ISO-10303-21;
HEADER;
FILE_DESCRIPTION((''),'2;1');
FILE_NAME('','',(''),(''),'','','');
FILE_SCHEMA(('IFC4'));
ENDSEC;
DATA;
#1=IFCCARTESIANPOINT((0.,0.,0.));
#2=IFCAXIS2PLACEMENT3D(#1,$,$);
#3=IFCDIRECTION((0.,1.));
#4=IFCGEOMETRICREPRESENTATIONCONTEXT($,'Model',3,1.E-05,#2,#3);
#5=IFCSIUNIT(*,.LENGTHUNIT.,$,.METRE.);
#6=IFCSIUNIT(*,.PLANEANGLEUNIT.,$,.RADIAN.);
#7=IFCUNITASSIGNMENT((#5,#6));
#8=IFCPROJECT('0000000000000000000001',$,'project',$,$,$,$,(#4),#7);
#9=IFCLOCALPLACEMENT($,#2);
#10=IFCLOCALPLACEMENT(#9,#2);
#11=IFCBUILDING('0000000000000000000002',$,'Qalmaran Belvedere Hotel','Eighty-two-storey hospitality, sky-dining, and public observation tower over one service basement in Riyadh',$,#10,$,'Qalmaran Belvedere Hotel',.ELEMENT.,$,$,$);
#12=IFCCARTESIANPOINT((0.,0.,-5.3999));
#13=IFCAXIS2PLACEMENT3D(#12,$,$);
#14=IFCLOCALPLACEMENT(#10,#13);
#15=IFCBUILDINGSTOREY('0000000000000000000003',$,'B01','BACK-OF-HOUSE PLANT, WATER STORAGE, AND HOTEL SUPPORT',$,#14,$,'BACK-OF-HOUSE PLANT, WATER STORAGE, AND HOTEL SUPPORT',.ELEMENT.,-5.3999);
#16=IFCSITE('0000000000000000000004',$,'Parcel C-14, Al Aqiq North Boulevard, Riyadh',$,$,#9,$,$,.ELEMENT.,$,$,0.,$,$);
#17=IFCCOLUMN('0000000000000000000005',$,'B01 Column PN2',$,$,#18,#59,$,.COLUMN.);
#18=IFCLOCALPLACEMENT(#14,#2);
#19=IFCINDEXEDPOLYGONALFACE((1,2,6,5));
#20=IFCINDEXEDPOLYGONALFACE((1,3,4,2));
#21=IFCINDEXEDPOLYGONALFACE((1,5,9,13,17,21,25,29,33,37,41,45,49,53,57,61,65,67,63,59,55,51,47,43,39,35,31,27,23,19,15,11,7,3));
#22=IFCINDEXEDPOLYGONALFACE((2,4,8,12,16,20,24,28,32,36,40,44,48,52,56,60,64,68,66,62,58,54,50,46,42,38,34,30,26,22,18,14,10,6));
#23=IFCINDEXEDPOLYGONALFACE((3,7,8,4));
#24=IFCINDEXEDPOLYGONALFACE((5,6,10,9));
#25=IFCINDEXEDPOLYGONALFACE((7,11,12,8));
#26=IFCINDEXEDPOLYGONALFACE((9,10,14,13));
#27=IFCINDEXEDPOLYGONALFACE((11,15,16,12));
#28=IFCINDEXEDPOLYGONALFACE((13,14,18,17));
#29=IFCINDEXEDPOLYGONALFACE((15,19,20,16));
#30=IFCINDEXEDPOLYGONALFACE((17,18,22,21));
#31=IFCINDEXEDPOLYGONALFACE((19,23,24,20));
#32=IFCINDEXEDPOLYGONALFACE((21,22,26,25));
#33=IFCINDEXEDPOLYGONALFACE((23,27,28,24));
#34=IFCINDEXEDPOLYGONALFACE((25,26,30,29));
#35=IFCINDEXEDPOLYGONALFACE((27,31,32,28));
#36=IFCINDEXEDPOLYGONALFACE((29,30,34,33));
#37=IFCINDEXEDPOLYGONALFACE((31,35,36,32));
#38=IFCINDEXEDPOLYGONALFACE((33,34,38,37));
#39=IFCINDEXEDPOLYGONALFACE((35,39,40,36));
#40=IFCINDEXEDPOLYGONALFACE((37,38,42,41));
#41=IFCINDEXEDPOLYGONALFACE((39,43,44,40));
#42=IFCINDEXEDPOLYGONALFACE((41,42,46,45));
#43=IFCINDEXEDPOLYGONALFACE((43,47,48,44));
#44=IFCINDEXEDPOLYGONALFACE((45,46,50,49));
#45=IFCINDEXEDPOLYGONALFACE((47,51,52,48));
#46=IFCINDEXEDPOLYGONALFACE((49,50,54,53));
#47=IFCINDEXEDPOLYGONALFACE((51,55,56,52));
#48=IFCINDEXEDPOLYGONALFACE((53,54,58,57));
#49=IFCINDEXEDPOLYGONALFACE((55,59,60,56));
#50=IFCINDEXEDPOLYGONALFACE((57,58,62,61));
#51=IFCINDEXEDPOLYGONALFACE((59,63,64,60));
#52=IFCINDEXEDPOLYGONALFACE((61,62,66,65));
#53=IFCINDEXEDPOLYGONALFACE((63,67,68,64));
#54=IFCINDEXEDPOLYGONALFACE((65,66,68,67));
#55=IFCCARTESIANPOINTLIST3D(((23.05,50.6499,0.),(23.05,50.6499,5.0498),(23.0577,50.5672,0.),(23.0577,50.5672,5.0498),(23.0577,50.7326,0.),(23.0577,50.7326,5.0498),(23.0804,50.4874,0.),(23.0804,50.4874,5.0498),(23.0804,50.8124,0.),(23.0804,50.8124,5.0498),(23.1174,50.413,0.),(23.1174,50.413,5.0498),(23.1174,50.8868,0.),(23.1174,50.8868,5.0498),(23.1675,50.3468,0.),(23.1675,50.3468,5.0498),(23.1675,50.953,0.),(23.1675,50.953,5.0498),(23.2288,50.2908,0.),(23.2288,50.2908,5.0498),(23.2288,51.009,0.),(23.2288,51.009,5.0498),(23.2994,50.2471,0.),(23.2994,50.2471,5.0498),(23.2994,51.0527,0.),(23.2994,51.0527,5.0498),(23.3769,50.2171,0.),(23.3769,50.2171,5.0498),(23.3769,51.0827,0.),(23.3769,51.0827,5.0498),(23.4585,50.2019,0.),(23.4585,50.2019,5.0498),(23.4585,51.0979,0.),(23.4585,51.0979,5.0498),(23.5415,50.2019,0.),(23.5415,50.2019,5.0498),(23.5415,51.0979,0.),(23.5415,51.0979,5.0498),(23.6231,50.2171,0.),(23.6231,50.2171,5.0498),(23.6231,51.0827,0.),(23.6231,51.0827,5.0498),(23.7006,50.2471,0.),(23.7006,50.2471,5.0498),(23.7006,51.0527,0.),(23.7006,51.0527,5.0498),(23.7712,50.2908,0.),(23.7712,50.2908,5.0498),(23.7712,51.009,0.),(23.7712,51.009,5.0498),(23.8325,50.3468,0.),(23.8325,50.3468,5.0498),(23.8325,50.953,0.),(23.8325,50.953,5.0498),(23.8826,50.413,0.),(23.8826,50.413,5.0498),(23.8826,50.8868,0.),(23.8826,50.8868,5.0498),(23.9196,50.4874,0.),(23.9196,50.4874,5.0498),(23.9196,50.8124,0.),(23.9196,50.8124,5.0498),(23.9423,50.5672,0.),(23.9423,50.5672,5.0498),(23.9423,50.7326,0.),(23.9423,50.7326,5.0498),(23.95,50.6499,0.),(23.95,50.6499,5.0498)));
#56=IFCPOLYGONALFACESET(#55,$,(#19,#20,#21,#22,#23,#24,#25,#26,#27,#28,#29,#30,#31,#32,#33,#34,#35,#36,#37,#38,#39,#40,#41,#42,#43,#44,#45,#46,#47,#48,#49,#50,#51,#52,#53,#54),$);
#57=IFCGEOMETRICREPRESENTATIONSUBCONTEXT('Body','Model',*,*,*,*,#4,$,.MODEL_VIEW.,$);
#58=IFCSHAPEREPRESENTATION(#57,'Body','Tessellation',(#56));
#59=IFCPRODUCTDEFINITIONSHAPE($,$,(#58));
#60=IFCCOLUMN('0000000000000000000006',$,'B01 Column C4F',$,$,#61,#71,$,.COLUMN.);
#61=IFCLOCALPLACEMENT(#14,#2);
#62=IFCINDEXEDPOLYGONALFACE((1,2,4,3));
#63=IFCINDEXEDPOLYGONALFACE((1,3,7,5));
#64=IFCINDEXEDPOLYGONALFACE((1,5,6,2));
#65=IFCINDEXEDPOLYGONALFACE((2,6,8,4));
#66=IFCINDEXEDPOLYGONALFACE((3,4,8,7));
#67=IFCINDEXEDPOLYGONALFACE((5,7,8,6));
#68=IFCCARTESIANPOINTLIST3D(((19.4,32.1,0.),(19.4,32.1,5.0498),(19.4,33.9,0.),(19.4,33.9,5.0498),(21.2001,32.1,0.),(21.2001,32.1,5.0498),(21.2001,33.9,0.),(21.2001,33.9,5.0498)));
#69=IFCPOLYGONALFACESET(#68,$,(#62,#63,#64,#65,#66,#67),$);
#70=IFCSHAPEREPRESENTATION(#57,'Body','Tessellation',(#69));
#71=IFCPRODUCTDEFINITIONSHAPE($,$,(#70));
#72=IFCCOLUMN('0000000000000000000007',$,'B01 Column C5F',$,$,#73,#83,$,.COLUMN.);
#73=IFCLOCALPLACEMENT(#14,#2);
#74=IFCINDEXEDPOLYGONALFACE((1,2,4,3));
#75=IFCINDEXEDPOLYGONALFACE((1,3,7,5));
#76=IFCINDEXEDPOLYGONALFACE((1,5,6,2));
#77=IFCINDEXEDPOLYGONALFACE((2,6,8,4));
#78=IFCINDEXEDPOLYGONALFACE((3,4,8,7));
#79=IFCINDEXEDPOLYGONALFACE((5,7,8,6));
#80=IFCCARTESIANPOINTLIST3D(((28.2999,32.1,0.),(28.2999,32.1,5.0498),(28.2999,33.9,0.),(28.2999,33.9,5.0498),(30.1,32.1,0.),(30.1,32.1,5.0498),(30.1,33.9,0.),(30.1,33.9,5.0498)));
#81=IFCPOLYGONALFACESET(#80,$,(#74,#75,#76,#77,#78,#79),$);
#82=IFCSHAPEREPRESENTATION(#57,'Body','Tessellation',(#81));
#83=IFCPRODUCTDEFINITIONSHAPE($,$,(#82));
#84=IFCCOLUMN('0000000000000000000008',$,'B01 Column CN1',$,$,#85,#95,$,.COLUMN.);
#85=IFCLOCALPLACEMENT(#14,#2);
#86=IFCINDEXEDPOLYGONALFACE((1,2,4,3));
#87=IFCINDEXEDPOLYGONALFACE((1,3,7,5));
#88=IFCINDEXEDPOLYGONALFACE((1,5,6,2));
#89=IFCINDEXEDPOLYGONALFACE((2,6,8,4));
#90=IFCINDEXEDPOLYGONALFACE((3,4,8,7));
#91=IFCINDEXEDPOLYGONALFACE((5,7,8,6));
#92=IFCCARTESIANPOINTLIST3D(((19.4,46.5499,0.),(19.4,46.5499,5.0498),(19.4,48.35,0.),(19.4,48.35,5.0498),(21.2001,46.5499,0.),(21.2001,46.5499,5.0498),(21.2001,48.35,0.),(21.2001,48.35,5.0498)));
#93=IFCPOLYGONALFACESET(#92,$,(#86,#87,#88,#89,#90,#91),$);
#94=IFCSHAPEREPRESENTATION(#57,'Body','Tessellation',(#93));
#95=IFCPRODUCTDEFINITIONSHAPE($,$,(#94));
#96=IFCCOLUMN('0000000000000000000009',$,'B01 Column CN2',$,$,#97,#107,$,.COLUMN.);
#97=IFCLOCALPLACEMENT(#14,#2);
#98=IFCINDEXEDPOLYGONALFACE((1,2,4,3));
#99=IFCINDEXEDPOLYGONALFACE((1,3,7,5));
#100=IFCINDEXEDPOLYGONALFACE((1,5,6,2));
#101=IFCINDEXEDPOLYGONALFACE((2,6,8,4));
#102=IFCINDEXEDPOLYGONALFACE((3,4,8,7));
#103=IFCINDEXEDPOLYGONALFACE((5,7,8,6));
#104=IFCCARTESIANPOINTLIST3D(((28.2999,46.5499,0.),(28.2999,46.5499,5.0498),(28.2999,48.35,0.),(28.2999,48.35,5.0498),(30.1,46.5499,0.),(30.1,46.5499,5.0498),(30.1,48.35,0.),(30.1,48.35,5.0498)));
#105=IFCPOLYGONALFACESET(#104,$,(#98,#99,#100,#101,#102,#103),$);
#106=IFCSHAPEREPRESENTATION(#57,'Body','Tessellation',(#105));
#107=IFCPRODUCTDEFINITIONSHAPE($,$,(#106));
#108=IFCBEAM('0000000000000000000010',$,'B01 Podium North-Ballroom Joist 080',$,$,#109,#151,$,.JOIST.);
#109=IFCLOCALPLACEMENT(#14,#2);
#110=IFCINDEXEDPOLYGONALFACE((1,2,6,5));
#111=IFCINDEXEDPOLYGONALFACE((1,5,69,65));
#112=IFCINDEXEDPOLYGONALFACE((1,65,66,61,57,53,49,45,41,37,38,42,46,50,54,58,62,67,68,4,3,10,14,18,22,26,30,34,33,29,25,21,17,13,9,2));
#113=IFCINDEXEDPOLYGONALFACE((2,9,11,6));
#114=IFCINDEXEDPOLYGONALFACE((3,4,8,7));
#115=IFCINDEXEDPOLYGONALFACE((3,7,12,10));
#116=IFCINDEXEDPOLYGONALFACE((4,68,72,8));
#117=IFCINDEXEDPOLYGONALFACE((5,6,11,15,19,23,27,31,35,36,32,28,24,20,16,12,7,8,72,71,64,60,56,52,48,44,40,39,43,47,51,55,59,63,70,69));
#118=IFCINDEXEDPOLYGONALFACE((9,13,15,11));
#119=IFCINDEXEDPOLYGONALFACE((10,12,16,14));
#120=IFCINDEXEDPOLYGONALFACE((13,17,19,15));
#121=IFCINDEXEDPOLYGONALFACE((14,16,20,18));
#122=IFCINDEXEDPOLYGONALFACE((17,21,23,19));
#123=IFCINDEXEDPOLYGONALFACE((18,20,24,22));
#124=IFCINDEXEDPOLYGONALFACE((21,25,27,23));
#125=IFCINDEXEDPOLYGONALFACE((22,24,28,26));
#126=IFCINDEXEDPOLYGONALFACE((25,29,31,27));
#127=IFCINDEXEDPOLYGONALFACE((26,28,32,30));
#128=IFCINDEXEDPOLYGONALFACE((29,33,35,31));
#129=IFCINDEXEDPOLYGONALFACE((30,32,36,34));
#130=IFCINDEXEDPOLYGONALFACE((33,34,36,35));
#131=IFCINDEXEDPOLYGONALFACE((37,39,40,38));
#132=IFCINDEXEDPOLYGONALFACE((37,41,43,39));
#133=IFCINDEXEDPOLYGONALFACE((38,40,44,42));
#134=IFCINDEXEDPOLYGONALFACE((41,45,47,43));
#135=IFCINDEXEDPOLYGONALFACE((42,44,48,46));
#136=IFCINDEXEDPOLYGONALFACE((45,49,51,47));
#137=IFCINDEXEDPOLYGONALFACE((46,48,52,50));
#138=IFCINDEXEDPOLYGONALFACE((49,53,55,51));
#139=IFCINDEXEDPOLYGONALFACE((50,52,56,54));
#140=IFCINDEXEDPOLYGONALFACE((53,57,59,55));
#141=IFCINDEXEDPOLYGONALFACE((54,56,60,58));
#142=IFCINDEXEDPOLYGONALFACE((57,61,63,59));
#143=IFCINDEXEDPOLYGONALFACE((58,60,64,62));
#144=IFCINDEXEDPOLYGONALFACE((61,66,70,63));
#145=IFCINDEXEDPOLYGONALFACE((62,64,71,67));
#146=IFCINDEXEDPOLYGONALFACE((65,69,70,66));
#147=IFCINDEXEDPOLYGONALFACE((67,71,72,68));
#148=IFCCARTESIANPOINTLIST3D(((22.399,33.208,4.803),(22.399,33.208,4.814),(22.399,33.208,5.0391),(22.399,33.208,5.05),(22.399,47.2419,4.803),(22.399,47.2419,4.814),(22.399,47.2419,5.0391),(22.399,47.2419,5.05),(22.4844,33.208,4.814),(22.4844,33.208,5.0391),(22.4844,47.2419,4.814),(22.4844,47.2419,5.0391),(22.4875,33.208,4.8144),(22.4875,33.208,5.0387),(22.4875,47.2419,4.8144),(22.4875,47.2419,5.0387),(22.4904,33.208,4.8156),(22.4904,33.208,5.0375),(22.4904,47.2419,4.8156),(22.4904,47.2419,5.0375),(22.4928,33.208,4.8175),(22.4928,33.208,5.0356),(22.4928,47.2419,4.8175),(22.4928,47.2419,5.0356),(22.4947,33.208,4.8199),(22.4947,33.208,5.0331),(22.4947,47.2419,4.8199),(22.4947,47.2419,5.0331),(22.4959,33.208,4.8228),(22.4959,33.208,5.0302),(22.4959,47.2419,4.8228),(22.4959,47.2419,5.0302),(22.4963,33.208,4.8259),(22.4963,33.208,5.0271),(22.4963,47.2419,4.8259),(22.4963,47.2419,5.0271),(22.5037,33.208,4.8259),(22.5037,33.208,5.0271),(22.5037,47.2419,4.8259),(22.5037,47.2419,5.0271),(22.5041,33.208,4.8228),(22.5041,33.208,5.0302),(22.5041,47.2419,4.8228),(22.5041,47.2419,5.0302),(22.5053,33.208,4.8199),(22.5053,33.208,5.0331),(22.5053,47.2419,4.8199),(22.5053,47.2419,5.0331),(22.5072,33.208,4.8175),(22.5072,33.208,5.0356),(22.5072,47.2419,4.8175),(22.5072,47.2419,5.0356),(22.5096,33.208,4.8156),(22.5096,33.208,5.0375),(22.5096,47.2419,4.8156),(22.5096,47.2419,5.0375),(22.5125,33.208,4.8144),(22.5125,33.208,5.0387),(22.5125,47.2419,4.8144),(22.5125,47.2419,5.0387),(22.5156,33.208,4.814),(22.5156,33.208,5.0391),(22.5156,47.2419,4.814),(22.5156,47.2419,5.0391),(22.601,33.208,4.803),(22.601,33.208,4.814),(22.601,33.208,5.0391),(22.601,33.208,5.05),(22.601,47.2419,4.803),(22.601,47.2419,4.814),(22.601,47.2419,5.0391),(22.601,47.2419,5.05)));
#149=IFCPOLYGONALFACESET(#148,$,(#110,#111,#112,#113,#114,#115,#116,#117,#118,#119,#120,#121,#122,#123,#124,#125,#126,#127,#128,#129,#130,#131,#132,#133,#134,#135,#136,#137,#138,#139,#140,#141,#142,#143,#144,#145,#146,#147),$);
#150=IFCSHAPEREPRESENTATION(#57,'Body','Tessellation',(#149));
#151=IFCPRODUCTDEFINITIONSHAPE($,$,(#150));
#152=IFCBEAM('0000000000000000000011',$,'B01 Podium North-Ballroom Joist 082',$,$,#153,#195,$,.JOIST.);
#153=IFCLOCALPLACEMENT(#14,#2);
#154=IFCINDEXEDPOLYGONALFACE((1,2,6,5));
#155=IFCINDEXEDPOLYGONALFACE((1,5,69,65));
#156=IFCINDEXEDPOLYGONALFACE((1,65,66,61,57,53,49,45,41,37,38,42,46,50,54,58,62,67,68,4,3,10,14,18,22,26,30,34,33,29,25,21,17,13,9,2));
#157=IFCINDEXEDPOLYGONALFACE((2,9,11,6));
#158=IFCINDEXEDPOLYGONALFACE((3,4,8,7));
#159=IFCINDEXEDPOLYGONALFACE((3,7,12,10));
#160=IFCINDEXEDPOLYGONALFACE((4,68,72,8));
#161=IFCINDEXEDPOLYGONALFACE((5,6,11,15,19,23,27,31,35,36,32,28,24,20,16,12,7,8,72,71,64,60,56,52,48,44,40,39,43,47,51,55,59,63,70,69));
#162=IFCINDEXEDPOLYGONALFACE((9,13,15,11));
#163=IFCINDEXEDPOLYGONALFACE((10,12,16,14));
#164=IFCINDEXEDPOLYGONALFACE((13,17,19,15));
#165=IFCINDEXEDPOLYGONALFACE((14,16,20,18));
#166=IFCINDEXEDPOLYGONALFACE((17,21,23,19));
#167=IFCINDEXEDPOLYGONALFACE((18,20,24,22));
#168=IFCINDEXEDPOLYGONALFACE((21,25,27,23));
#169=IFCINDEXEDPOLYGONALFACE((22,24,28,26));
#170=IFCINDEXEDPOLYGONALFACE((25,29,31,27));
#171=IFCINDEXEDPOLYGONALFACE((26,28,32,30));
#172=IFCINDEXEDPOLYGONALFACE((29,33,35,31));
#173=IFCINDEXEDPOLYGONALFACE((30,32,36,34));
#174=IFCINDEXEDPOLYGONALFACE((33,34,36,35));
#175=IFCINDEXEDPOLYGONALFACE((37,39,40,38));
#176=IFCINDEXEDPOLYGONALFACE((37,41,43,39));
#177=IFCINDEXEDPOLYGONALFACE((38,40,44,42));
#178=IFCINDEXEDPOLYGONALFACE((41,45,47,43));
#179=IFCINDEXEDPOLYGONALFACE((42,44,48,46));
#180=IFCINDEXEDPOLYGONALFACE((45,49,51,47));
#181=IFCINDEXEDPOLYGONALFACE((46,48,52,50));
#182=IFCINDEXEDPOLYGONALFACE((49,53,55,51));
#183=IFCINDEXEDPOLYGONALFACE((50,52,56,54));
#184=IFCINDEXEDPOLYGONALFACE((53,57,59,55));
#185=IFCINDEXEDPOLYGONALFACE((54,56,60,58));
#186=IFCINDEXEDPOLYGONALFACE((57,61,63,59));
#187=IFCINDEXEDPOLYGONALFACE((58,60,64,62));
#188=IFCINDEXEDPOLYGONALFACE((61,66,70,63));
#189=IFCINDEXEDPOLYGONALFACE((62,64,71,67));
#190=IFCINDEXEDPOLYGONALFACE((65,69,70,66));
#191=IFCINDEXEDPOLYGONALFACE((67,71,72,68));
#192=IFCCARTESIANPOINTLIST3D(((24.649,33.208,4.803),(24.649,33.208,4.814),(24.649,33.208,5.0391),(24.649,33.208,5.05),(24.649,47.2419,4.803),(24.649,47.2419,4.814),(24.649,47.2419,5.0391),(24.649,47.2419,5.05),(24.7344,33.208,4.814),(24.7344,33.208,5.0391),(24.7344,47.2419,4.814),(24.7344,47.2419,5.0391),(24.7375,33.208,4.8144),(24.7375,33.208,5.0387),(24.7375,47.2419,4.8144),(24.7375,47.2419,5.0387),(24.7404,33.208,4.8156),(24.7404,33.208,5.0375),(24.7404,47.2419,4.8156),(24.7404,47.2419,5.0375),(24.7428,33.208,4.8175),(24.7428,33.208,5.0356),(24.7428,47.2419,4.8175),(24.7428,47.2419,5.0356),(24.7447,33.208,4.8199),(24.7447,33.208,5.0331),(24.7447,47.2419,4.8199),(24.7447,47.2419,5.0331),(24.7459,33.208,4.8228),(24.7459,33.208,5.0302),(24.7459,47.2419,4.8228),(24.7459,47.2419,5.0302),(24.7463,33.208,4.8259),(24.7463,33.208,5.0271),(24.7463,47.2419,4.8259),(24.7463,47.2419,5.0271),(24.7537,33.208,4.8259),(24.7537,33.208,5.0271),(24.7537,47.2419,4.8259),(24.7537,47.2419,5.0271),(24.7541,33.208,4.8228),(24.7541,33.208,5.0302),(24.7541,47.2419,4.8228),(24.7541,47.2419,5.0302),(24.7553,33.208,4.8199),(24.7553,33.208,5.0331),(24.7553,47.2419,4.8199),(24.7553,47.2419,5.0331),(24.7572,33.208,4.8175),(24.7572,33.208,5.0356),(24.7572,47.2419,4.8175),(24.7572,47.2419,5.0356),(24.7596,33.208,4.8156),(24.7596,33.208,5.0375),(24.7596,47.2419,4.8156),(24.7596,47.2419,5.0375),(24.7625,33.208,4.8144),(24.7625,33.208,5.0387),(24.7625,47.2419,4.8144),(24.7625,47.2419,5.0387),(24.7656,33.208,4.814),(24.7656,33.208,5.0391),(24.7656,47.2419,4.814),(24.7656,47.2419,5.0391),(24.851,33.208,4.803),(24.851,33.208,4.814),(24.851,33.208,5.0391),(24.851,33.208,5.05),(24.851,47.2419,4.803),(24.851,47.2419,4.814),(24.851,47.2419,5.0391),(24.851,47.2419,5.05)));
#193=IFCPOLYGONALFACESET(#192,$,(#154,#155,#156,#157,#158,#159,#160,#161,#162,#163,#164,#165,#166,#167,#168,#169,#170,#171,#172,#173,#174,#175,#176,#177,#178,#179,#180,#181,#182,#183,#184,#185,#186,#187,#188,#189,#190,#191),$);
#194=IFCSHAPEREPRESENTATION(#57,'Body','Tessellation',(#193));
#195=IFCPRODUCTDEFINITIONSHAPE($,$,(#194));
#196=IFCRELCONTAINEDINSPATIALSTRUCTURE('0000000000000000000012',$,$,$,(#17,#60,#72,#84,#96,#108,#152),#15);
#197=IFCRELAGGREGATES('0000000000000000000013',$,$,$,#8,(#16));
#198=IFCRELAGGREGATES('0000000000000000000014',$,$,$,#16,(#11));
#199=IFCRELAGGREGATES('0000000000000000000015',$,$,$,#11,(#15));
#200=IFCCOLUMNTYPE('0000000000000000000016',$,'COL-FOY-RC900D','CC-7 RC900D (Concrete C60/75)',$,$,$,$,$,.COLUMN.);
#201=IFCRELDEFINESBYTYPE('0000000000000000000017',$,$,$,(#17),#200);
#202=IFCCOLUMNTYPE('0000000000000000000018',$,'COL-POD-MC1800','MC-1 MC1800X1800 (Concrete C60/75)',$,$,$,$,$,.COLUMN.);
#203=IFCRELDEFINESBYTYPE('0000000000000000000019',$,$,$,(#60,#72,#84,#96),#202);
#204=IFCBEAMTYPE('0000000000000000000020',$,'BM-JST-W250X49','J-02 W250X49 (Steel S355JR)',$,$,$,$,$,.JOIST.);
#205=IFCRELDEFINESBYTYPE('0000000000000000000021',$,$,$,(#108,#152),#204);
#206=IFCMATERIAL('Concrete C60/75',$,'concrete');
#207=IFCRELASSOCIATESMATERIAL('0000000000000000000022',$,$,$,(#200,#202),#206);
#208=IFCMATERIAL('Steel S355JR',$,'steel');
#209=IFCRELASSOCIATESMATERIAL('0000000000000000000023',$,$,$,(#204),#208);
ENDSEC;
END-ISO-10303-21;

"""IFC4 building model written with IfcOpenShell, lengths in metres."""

from ifc_helpers import new_model, si_unit, direction, frame, origin, origin_2d, place, context, subcontext, project, spatial, rectangle, circle, i_section, extrude, material, material_profile, profile_set, type_object, element, save


model = new_model("IFC4")

# Units and contexts
model_context = context("Model", 3, precision=1e-05, world=origin(), true_north=direction((0.0, 1.0)))
body_context = subcontext(model_context, "Body", "Model", "MODEL_VIEW")
ifc_project = project(units=[si_unit("LENGTHUNIT", "METRE"), si_unit("PLANEANGLEUNIT", "RADIAN")], contexts=[model_context])

# Site, building, storey
site_placement = place(None, origin())
site = spatial("IfcSite", under=ifc_project, at=site_placement, Name="Parcel C-14, Al Aqiq North Boulevard, Riyadh", CompositionType="ELEMENT", RefElevation=0.0)
building_placement = place(site_placement, origin())
building = spatial("IfcBuilding", under=site, at=building_placement, Name="Qalmaran Belvedere Hotel", Description="Eighty-two-storey hospitality, sky-dining, and public observation tower over one service basement in Riyadh", LongName="Qalmaran Belvedere Hotel", CompositionType="ELEMENT")
storey_placement = place(building_placement, frame((0.0, 0.0, -5.3999)))
storey = spatial("IfcBuildingStorey", under=building, at=storey_placement, Name="B01", Description="BACK-OF-HOUSE PLANT, WATER STORAGE, AND HOTEL SUPPORT", LongName="BACK-OF-HOUSE PLANT, WATER STORAGE, AND HOTEL SUPPORT", CompositionType="ELEMENT", Elevation=-5.3999)

# Columns
ifc_material_1 = material(Name="Concrete C60/75", Category="concrete")
ifc_material_profile_1 = material_profile(ifc_material_1, circle(Radius=0.45, at=origin_2d()), Name="RC900D")
ifc_profile_set_1 = profile_set([ifc_material_profile_1], Name="Concrete C60/75")
column_type_1 = type_object("IfcColumnType", Name="COL-FOY-RC900D", Description="CC-7 RC900D (Concrete C60/75)", PredefinedType="COLUMN", material=ifc_profile_set_1)
column_placement = place(storey_placement, frame((23.5, 50.6499, 0.0), z_axis=(0.0, 0.0, 1.0), x_axis=(1.0, 0.0, 0.0)))
element("IfcColumn", 1, at=column_placement, inside=storey, type_object=column_type_1, Name="B01 Column PN2", PredefinedType="COLUMN", context=body_context, shape_type="SweptSolid", body=[
    extrude(circle(Radius=0.45, at=origin_2d()), origin(), (0.0, 0.0, 1.0), 5.0498),
])
ifc_material_profile_2 = material_profile(ifc_material_1, rectangle(XDim=1.8, YDim=1.8, at=origin_2d()), Name="MC1800X1800")
ifc_profile_set_2 = profile_set([ifc_material_profile_2], Name="Concrete C60/75")
column_type_2 = type_object("IfcColumnType", Name="COL-POD-MC1800", Description="MC-1 MC1800X1800 (Concrete C60/75)", PredefinedType="COLUMN", material=ifc_profile_set_2)
for number, where, z_axis, x_axis, name in (
    (2, (20.3, 33.0, 0.0), (0.0, 0.0, 1.0), (1.0, 0.0, 0.0), "B01 Column C4F"),
    (3, (29.2, 33.0, 0.0), (0.0, 0.0, 1.0), (1.0, 0.0, 0.0), "B01 Column C5F"),
    (4, (20.3, 47.45, 0.0), (0.0, 0.0, 1.0), (1.0, 0.0, 0.0), "B01 Column CN1"),
    (5, (29.2, 47.45, 0.0), (0.0, 0.0, 1.0), (1.0, 0.0, 0.0), "B01 Column CN2"),
):
    element("IfcColumn", number, at=place(storey_placement, frame(where, z_axis=z_axis, x_axis=x_axis)), inside=storey, type_object=column_type_2, Name=name, PredefinedType="COLUMN", context=body_context, shape_type="SweptSolid", body=[
        extrude(rectangle(XDim=1.8, YDim=1.8, at=origin_2d()), origin(), (0.0, 0.0, 1.0), 5.0498),
    ])

# Beams
ifc_material_2 = material(Name="Steel S355JR", Category="steel")
ifc_material_profile_3 = material_profile(ifc_material_2, i_section(OverallWidth=0.2019, OverallDepth=0.2471, WebThickness=0.0073, FlangeThickness=0.011, FilletRadius=0.012, at=origin_2d()), Name="W250X49")
ifc_profile_set_3 = profile_set([ifc_material_profile_3], Name="Steel S355JR")
beam_type_1 = type_object("IfcBeamType", Name="BM-JST-W250X49", Description="J-02 W250X49 (Steel S355JR)", PredefinedType="JOIST", material=ifc_profile_set_3)
for number, where, z_axis, x_axis, name in (
    (6, (22.5, 33.208, 4.9265), (0.0, 1.0, 0.0), (-1.0, 0.0, 0.0), "B01 Podium North-Ballroom Joist 080"),
    (7, (24.75, 33.208, 4.9265), (0.0, 1.0, 0.0), (-1.0, 0.0, 0.0), "B01 Podium North-Ballroom Joist 082"),
):
    element("IfcBeam", number, at=place(storey_placement, frame(where, z_axis=z_axis, x_axis=x_axis)), inside=storey, type_object=beam_type_1, Name=name, PredefinedType="JOIST", context=body_context, shape_type="SweptSolid", body=[
        extrude(i_section(OverallWidth=0.2019, OverallDepth=0.2471, WebThickness=0.0073, FlangeThickness=0.011, FilletRadius=0.012, at=origin_2d()), origin(), (0.0, 0.0, 1.0), 14.0339),
    ])

save(model, "model.ifc")
